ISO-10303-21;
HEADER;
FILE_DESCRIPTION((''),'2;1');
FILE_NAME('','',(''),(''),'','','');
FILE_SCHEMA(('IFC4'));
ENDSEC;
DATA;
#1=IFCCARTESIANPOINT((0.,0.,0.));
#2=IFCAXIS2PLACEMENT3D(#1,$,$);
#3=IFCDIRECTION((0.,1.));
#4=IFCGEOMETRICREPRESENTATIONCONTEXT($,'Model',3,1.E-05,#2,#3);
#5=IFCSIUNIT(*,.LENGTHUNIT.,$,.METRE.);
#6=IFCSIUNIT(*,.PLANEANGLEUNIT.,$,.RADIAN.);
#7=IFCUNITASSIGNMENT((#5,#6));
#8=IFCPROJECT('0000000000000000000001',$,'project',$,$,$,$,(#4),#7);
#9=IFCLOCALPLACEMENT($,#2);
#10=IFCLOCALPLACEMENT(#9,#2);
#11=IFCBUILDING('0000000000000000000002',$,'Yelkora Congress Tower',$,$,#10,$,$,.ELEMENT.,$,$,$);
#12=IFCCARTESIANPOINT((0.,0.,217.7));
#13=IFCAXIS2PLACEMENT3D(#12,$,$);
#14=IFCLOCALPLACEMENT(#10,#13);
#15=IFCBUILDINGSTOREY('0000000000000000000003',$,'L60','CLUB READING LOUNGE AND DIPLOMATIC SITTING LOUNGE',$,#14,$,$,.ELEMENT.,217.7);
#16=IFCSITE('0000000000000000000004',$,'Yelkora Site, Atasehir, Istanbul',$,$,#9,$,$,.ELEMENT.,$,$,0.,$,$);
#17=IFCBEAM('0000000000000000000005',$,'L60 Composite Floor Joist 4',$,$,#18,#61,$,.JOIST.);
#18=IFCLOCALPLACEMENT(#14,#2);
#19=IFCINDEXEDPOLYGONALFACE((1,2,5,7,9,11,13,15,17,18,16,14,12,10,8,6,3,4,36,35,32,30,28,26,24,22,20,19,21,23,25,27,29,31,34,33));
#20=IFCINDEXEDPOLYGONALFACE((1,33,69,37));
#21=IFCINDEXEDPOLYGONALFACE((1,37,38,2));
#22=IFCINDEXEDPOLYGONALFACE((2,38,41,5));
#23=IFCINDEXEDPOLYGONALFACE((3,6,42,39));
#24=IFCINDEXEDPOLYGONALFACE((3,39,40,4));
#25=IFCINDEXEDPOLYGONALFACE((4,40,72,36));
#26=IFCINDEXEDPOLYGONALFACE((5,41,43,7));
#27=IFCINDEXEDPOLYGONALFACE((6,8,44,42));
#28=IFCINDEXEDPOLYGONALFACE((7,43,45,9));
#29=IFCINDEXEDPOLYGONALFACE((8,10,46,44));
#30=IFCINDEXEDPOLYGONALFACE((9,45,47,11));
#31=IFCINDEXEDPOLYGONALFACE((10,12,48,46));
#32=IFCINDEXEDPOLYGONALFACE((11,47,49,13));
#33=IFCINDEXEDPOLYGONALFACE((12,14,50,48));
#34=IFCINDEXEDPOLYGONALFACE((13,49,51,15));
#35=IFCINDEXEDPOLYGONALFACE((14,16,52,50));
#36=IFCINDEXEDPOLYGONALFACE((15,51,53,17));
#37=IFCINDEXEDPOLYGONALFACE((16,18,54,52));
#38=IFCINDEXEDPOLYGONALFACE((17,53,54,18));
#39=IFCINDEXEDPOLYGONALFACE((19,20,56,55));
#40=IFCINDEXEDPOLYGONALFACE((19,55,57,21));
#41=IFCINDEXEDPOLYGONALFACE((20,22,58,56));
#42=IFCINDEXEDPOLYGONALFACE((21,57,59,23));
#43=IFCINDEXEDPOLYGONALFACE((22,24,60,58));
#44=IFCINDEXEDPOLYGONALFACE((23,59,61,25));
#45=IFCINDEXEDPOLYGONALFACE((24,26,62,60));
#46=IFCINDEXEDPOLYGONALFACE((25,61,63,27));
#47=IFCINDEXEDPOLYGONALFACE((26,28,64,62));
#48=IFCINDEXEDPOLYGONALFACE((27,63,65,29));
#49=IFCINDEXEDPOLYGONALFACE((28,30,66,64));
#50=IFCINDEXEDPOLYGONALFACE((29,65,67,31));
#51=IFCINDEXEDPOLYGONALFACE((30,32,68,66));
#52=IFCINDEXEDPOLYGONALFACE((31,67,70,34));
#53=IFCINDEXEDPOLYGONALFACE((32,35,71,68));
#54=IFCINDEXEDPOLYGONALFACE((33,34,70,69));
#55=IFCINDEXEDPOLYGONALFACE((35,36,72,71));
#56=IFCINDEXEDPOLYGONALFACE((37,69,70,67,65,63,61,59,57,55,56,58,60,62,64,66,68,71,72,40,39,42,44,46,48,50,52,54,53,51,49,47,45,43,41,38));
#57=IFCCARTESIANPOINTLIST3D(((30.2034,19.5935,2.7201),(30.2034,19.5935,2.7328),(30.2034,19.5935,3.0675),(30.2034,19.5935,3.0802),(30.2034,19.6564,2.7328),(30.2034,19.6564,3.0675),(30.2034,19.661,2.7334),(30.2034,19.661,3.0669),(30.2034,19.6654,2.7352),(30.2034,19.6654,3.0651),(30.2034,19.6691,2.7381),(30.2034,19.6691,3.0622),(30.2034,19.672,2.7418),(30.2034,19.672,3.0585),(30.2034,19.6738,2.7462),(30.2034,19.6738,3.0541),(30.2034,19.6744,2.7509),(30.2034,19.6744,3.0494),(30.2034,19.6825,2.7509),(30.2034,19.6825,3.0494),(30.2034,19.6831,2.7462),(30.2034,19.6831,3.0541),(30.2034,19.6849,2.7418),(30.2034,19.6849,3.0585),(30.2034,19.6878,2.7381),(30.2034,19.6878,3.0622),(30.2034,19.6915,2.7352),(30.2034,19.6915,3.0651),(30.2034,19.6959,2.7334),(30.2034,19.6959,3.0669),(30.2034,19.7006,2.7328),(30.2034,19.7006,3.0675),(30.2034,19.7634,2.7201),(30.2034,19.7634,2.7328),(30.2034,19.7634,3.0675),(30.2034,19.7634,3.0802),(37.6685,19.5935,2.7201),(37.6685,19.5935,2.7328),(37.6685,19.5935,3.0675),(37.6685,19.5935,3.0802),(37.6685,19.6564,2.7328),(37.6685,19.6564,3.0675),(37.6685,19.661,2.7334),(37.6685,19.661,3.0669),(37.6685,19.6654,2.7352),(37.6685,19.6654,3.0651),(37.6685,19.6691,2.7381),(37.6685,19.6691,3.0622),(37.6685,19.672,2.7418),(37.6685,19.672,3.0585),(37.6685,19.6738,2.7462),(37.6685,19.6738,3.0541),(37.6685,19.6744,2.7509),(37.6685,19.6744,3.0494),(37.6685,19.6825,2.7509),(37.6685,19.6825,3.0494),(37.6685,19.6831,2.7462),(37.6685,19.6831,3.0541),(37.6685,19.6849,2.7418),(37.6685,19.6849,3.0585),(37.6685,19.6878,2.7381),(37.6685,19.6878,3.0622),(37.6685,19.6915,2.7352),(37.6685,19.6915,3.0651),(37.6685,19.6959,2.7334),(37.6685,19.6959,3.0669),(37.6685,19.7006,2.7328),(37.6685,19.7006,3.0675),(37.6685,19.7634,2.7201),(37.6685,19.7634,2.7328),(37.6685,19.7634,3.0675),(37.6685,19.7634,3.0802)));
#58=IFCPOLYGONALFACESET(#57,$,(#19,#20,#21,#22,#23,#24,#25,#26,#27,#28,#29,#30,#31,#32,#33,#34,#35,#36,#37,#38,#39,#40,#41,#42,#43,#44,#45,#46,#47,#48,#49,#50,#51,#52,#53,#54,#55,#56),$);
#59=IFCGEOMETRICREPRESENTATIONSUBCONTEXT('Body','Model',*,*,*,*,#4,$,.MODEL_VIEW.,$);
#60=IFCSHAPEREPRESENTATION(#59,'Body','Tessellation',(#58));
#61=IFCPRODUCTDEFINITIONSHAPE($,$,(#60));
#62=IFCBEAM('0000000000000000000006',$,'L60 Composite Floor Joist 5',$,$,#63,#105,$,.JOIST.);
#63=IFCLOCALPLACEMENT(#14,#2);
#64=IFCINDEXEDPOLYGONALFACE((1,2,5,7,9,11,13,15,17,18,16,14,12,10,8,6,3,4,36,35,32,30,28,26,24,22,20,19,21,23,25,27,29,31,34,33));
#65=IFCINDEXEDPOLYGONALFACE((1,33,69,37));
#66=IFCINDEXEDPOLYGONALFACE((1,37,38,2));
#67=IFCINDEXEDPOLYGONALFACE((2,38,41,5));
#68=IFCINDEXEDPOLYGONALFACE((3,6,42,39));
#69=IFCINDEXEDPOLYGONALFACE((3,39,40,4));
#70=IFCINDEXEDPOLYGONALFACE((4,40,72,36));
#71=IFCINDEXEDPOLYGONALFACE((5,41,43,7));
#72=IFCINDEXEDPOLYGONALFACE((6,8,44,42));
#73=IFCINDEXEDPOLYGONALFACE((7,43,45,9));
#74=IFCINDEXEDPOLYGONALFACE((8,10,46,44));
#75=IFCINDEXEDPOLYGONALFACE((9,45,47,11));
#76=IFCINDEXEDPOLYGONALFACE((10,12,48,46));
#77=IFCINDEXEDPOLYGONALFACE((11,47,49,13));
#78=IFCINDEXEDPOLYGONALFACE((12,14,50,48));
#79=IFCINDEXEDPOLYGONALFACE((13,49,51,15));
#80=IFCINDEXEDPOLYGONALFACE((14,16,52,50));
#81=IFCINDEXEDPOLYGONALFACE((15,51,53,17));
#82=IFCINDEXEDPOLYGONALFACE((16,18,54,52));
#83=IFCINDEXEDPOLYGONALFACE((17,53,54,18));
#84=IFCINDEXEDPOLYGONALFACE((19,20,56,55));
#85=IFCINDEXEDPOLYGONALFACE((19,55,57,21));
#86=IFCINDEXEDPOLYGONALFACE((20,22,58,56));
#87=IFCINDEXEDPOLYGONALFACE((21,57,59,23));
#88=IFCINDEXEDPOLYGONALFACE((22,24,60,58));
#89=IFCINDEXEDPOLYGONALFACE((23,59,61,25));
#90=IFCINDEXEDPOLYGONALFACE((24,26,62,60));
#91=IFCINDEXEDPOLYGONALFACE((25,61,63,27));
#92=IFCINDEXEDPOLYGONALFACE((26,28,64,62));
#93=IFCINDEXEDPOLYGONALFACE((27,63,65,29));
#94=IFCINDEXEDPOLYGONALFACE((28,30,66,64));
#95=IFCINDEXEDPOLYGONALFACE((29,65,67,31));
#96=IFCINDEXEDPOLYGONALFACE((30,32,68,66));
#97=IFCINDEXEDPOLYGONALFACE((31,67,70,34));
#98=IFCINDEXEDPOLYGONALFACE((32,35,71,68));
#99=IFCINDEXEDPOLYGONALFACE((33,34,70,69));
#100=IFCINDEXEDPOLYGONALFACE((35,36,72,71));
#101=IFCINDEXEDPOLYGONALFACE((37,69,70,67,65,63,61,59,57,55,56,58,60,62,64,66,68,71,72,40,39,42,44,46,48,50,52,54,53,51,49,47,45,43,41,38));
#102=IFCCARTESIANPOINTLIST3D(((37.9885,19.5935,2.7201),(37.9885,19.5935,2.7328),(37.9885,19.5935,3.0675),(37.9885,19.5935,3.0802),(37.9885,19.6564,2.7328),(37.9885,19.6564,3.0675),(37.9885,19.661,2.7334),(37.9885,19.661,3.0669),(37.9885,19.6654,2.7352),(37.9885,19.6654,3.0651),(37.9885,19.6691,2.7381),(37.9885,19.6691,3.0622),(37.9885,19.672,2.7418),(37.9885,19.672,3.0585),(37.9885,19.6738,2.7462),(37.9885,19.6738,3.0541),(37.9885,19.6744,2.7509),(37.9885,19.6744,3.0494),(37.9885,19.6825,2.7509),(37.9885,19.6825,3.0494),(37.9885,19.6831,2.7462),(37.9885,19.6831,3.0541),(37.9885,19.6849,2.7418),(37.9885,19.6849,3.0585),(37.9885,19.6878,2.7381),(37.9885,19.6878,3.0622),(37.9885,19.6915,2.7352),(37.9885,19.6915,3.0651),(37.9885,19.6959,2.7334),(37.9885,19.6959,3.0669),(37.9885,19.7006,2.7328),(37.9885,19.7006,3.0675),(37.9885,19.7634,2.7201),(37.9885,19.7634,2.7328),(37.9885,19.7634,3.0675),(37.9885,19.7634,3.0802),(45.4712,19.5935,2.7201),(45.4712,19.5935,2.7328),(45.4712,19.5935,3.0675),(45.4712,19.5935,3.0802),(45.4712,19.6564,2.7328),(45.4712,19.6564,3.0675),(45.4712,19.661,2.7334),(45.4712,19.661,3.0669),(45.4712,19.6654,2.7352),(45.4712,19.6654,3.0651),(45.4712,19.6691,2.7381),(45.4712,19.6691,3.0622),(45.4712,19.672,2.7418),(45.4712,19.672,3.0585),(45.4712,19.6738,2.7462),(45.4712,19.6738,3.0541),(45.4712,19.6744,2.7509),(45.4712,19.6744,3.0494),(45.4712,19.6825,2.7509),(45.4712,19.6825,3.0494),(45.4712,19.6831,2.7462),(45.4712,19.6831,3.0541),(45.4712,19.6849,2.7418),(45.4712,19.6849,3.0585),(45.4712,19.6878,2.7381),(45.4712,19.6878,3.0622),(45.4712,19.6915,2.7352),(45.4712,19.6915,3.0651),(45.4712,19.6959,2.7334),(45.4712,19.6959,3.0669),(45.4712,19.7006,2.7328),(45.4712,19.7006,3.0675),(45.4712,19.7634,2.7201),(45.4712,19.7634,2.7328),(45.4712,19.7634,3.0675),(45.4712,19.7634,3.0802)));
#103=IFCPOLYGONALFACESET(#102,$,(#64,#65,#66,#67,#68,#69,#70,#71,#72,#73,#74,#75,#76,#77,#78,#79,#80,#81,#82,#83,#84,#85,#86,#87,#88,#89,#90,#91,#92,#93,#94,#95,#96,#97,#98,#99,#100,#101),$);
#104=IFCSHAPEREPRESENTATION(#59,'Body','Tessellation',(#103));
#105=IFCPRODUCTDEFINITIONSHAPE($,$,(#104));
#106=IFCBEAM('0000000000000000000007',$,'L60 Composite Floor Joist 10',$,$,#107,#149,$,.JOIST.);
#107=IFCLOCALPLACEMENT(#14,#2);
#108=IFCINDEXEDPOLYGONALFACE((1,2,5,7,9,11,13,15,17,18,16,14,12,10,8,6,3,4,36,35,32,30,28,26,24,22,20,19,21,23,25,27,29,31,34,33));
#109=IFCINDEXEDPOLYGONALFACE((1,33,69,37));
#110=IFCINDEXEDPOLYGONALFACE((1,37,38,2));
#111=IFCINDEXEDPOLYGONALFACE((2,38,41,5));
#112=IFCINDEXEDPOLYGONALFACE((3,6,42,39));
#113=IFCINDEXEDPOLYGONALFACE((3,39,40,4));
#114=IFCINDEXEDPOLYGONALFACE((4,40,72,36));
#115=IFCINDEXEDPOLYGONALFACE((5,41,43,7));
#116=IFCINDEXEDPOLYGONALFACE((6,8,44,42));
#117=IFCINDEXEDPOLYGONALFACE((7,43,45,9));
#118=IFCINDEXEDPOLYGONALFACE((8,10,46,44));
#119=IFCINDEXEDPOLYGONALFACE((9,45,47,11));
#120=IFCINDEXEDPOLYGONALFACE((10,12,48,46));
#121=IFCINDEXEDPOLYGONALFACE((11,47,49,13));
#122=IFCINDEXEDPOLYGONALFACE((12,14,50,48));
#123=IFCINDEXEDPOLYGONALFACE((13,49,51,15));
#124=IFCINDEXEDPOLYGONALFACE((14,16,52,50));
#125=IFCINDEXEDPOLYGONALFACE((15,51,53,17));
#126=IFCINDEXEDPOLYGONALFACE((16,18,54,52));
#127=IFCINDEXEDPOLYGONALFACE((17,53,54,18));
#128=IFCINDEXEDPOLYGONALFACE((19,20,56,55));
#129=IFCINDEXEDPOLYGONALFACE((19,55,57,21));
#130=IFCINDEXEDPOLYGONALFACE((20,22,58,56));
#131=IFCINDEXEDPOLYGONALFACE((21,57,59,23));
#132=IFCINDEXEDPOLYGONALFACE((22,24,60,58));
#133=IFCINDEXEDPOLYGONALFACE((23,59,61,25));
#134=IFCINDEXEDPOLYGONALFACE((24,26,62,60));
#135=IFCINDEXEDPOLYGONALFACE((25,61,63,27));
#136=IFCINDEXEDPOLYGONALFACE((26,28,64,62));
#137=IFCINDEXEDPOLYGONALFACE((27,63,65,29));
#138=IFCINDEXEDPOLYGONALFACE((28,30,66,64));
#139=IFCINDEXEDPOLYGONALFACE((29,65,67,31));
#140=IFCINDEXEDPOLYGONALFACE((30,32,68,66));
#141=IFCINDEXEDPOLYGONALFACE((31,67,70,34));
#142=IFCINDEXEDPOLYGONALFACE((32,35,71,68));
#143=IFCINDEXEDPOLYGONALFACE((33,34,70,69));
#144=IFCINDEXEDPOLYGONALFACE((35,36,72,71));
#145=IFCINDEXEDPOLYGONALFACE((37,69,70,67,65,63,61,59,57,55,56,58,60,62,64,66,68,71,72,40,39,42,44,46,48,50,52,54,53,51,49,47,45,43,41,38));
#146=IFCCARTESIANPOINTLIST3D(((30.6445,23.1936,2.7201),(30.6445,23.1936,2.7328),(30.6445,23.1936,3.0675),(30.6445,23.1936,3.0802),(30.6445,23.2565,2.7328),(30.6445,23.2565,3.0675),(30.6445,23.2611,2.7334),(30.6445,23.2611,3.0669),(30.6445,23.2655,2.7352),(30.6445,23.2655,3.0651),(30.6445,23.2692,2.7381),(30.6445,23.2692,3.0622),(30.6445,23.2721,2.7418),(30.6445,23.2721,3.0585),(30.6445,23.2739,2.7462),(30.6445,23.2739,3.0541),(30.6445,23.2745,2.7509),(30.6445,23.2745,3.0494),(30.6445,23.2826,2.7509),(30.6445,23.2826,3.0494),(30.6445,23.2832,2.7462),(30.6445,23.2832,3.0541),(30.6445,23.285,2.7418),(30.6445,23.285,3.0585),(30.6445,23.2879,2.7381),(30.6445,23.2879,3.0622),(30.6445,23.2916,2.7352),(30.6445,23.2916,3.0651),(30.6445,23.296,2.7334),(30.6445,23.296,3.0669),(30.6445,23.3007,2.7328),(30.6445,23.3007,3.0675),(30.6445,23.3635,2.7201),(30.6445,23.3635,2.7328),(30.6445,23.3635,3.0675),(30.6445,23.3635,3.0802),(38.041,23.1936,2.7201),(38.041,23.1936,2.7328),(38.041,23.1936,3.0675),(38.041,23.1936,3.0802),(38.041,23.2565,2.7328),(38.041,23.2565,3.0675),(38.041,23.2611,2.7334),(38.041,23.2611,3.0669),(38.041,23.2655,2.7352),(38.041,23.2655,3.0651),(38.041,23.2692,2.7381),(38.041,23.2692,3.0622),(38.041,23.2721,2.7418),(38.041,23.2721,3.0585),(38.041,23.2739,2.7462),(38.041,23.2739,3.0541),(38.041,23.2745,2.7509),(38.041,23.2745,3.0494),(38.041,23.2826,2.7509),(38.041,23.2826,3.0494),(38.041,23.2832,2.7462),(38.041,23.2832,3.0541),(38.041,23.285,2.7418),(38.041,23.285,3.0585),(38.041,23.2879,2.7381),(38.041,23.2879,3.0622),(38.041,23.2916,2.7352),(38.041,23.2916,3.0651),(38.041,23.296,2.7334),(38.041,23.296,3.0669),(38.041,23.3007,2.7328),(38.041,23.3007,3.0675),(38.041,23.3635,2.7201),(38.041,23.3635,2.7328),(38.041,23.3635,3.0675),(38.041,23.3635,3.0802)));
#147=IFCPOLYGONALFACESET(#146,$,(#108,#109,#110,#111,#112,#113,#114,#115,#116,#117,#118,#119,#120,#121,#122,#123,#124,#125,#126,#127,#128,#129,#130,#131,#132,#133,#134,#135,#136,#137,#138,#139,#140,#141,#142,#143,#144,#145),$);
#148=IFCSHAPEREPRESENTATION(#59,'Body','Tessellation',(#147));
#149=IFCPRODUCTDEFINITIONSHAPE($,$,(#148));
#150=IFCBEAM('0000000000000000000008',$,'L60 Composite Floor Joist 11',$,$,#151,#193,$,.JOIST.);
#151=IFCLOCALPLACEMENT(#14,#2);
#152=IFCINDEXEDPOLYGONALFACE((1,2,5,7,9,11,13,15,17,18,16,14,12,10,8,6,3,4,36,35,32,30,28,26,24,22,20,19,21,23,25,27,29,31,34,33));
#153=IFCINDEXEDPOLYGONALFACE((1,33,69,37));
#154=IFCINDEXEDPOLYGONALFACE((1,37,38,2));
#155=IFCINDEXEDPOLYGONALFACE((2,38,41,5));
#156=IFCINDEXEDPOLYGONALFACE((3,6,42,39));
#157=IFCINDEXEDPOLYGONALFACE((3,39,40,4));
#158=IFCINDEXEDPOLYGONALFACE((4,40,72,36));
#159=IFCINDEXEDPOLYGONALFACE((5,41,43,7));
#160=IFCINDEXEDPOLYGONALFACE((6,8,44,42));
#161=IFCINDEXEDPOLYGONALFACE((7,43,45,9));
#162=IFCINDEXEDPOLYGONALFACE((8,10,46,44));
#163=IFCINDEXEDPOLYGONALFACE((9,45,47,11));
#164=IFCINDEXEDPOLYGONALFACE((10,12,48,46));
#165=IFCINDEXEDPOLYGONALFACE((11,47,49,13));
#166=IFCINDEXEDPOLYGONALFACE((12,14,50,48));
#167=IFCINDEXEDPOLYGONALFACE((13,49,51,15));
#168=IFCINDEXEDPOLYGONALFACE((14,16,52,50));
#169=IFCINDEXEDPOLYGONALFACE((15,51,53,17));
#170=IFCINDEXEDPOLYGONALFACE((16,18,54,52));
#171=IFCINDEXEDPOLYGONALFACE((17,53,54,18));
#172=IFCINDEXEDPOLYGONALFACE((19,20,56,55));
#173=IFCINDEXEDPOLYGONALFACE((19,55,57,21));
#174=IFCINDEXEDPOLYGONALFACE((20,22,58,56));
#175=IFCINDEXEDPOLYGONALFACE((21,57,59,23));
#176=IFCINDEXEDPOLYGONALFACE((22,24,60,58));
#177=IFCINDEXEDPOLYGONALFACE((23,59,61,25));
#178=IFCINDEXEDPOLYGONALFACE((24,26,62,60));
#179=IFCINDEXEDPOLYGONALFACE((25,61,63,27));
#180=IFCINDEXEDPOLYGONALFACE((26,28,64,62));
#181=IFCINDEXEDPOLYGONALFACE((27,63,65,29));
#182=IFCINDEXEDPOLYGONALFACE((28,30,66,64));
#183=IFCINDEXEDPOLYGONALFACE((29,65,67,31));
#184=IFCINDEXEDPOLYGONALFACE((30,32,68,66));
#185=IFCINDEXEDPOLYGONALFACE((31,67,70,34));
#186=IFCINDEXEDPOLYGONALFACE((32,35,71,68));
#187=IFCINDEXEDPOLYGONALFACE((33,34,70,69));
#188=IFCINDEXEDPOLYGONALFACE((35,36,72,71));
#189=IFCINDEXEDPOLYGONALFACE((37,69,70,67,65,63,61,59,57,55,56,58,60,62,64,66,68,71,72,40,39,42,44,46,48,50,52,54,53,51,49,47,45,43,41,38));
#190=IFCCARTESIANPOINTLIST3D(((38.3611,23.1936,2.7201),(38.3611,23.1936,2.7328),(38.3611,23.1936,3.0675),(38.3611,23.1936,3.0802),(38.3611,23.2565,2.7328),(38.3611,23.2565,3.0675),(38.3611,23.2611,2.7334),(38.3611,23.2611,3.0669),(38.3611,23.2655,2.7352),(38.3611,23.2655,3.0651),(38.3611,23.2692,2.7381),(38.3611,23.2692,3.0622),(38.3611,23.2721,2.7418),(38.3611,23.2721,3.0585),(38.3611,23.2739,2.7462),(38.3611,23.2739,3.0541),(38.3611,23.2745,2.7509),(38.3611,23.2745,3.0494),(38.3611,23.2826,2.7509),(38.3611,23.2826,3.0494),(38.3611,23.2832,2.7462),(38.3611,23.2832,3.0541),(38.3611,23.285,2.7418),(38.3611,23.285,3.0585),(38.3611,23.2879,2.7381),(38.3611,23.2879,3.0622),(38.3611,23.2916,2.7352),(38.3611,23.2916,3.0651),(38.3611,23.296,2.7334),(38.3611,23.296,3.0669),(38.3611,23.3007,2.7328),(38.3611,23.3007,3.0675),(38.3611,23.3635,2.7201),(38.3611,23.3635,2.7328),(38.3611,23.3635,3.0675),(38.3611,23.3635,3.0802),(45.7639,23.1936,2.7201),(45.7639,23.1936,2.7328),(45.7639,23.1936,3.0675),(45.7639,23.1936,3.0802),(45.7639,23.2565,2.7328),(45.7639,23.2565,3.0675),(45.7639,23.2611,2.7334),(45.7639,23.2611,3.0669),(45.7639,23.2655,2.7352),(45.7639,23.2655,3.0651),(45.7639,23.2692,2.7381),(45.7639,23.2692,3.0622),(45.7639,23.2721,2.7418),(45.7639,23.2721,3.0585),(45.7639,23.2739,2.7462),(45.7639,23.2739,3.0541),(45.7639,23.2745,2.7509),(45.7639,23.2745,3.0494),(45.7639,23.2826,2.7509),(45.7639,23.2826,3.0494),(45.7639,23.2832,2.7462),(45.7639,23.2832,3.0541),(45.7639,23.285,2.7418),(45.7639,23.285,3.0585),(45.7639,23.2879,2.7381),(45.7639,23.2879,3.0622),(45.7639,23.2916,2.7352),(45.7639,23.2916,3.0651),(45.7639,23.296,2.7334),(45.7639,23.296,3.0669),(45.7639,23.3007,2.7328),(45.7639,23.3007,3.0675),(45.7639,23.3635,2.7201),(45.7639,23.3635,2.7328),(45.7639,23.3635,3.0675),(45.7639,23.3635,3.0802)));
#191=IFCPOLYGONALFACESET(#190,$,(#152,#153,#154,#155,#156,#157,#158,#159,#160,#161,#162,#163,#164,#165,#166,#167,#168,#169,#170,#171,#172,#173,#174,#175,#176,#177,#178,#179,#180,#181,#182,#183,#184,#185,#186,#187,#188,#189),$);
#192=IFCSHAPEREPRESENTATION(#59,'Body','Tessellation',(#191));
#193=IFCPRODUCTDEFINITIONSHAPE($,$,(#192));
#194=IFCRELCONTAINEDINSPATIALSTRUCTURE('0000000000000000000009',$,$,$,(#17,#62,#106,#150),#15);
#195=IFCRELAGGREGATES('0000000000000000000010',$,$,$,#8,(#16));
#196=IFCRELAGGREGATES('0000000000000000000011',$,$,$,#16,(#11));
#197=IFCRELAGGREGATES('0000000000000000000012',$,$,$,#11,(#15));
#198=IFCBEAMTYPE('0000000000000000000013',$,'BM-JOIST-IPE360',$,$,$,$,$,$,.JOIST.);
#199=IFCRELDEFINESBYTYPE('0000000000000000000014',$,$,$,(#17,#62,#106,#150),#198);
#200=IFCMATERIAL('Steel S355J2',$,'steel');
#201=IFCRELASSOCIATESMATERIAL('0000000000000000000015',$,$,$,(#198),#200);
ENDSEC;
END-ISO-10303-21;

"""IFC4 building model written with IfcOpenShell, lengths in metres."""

from ifc_helpers import new_model, si_unit, direction, frame, origin, origin_2d, place, context, subcontext, project, spatial, i_section, extrude, material, material_profile, profile_set, type_object, element, save


model = new_model("IFC4")

# Units and contexts
model_context = context("Model", 3, precision=1e-05, world=origin(), true_north=direction((0.0, 1.0)))
body_context = subcontext(model_context, "Body", "Model", "MODEL_VIEW")
ifc_project = project(units=[si_unit("LENGTHUNIT", "METRE"), si_unit("PLANEANGLEUNIT", "RADIAN")], contexts=[model_context])

# Site, building, storey
site_placement = place(None, origin())
site = spatial("IfcSite", under=ifc_project, at=site_placement, Name="Yelkora Site, Atasehir, Istanbul", CompositionType="ELEMENT", RefElevation=0.0)
building_placement = place(site_placement, origin())
building = spatial("IfcBuilding", under=site, at=building_placement, Name="Yelkora Congress Tower", CompositionType="ELEMENT")
storey_placement = place(building_placement, frame((0.0, 0.0, 217.7)))
storey = spatial("IfcBuildingStorey", under=building, at=storey_placement, Name="L60", Description="CLUB READING LOUNGE AND DIPLOMATIC SITTING LOUNGE", CompositionType="ELEMENT", Elevation=217.7)

# Beams
ifc_material_1 = material(Name="Steel S355J2", Category="steel")
ifc_material_profile_1 = material_profile(ifc_material_1, i_section(OverallWidth=0.1699, OverallDepth=0.3601, WebThickness=0.0081, FlangeThickness=0.0127, FilletRadius=0.0181, at=origin_2d()), Name="IPE 360")
ifc_profile_set_1 = profile_set([ifc_material_profile_1], Name="Steel S355J2")
beam_type_1 = type_object("IfcBeamType", Name="BM-JOIST-IPE360", PredefinedType="JOIST", material=ifc_profile_set_1)
beam_1_placement = place(storey_placement, frame((30.2034, 19.6785, 2.9001), z_axis=(1.0, 0.0, 0.0), x_axis=(0.0, 1.0, 0.0)))
element("IfcBeam", 1, at=beam_1_placement, inside=storey, type_object=beam_type_1, Name="L60 Composite Floor Joist 4", PredefinedType="JOIST", context=body_context, shape_type="SweptSolid", body=[
    extrude(i_section(OverallWidth=0.1699, OverallDepth=0.3601, WebThickness=0.0081, FlangeThickness=0.0127, FilletRadius=0.0181, at=origin_2d()), origin(), (0.0, 0.0, 1.0), 7.4651),
])
beam_2_placement = place(storey_placement, frame((37.9885, 19.6785, 2.9001), z_axis=(1.0, 0.0, 0.0), x_axis=(0.0, 1.0, 0.0)))
element("IfcBeam", 2, at=beam_2_placement, inside=storey, type_object=beam_type_1, Name="L60 Composite Floor Joist 5", PredefinedType="JOIST", context=body_context, shape_type="SweptSolid", body=[
    extrude(i_section(OverallWidth=0.1699, OverallDepth=0.3601, WebThickness=0.0081, FlangeThickness=0.0127, FilletRadius=0.0181, at=origin_2d()), origin(), (0.0, 0.0, 1.0), 7.4827),
])
beam_3_placement = place(storey_placement, frame((30.6445, 23.2786, 2.9001), z_axis=(1.0, 0.0, 0.0), x_axis=(0.0, 1.0, 0.0)))
element("IfcBeam", 3, at=beam_3_placement, inside=storey, type_object=beam_type_1, Name="L60 Composite Floor Joist 10", PredefinedType="JOIST", context=body_context, shape_type="SweptSolid", body=[
    extrude(i_section(OverallWidth=0.1699, OverallDepth=0.3601, WebThickness=0.0081, FlangeThickness=0.0127, FilletRadius=0.0181, at=origin_2d()), origin(), (0.0, 0.0, 1.0), 7.3965),
])
beam_4_placement = place(storey_placement, frame((38.3611, 23.2786, 2.9001), z_axis=(1.0, 0.0, 0.0), x_axis=(0.0, 1.0, 0.0)))
element("IfcBeam", 4, at=beam_4_placement, inside=storey, type_object=beam_type_1, Name="L60 Composite Floor Joist 11", PredefinedType="JOIST", context=body_context, shape_type="SweptSolid", body=[
    extrude(i_section(OverallWidth=0.1699, OverallDepth=0.3601, WebThickness=0.0081, FlangeThickness=0.0127, FilletRadius=0.0181, at=origin_2d()), origin(), (0.0, 0.0, 1.0), 7.4028),
])

save(model, "model.ifc")
